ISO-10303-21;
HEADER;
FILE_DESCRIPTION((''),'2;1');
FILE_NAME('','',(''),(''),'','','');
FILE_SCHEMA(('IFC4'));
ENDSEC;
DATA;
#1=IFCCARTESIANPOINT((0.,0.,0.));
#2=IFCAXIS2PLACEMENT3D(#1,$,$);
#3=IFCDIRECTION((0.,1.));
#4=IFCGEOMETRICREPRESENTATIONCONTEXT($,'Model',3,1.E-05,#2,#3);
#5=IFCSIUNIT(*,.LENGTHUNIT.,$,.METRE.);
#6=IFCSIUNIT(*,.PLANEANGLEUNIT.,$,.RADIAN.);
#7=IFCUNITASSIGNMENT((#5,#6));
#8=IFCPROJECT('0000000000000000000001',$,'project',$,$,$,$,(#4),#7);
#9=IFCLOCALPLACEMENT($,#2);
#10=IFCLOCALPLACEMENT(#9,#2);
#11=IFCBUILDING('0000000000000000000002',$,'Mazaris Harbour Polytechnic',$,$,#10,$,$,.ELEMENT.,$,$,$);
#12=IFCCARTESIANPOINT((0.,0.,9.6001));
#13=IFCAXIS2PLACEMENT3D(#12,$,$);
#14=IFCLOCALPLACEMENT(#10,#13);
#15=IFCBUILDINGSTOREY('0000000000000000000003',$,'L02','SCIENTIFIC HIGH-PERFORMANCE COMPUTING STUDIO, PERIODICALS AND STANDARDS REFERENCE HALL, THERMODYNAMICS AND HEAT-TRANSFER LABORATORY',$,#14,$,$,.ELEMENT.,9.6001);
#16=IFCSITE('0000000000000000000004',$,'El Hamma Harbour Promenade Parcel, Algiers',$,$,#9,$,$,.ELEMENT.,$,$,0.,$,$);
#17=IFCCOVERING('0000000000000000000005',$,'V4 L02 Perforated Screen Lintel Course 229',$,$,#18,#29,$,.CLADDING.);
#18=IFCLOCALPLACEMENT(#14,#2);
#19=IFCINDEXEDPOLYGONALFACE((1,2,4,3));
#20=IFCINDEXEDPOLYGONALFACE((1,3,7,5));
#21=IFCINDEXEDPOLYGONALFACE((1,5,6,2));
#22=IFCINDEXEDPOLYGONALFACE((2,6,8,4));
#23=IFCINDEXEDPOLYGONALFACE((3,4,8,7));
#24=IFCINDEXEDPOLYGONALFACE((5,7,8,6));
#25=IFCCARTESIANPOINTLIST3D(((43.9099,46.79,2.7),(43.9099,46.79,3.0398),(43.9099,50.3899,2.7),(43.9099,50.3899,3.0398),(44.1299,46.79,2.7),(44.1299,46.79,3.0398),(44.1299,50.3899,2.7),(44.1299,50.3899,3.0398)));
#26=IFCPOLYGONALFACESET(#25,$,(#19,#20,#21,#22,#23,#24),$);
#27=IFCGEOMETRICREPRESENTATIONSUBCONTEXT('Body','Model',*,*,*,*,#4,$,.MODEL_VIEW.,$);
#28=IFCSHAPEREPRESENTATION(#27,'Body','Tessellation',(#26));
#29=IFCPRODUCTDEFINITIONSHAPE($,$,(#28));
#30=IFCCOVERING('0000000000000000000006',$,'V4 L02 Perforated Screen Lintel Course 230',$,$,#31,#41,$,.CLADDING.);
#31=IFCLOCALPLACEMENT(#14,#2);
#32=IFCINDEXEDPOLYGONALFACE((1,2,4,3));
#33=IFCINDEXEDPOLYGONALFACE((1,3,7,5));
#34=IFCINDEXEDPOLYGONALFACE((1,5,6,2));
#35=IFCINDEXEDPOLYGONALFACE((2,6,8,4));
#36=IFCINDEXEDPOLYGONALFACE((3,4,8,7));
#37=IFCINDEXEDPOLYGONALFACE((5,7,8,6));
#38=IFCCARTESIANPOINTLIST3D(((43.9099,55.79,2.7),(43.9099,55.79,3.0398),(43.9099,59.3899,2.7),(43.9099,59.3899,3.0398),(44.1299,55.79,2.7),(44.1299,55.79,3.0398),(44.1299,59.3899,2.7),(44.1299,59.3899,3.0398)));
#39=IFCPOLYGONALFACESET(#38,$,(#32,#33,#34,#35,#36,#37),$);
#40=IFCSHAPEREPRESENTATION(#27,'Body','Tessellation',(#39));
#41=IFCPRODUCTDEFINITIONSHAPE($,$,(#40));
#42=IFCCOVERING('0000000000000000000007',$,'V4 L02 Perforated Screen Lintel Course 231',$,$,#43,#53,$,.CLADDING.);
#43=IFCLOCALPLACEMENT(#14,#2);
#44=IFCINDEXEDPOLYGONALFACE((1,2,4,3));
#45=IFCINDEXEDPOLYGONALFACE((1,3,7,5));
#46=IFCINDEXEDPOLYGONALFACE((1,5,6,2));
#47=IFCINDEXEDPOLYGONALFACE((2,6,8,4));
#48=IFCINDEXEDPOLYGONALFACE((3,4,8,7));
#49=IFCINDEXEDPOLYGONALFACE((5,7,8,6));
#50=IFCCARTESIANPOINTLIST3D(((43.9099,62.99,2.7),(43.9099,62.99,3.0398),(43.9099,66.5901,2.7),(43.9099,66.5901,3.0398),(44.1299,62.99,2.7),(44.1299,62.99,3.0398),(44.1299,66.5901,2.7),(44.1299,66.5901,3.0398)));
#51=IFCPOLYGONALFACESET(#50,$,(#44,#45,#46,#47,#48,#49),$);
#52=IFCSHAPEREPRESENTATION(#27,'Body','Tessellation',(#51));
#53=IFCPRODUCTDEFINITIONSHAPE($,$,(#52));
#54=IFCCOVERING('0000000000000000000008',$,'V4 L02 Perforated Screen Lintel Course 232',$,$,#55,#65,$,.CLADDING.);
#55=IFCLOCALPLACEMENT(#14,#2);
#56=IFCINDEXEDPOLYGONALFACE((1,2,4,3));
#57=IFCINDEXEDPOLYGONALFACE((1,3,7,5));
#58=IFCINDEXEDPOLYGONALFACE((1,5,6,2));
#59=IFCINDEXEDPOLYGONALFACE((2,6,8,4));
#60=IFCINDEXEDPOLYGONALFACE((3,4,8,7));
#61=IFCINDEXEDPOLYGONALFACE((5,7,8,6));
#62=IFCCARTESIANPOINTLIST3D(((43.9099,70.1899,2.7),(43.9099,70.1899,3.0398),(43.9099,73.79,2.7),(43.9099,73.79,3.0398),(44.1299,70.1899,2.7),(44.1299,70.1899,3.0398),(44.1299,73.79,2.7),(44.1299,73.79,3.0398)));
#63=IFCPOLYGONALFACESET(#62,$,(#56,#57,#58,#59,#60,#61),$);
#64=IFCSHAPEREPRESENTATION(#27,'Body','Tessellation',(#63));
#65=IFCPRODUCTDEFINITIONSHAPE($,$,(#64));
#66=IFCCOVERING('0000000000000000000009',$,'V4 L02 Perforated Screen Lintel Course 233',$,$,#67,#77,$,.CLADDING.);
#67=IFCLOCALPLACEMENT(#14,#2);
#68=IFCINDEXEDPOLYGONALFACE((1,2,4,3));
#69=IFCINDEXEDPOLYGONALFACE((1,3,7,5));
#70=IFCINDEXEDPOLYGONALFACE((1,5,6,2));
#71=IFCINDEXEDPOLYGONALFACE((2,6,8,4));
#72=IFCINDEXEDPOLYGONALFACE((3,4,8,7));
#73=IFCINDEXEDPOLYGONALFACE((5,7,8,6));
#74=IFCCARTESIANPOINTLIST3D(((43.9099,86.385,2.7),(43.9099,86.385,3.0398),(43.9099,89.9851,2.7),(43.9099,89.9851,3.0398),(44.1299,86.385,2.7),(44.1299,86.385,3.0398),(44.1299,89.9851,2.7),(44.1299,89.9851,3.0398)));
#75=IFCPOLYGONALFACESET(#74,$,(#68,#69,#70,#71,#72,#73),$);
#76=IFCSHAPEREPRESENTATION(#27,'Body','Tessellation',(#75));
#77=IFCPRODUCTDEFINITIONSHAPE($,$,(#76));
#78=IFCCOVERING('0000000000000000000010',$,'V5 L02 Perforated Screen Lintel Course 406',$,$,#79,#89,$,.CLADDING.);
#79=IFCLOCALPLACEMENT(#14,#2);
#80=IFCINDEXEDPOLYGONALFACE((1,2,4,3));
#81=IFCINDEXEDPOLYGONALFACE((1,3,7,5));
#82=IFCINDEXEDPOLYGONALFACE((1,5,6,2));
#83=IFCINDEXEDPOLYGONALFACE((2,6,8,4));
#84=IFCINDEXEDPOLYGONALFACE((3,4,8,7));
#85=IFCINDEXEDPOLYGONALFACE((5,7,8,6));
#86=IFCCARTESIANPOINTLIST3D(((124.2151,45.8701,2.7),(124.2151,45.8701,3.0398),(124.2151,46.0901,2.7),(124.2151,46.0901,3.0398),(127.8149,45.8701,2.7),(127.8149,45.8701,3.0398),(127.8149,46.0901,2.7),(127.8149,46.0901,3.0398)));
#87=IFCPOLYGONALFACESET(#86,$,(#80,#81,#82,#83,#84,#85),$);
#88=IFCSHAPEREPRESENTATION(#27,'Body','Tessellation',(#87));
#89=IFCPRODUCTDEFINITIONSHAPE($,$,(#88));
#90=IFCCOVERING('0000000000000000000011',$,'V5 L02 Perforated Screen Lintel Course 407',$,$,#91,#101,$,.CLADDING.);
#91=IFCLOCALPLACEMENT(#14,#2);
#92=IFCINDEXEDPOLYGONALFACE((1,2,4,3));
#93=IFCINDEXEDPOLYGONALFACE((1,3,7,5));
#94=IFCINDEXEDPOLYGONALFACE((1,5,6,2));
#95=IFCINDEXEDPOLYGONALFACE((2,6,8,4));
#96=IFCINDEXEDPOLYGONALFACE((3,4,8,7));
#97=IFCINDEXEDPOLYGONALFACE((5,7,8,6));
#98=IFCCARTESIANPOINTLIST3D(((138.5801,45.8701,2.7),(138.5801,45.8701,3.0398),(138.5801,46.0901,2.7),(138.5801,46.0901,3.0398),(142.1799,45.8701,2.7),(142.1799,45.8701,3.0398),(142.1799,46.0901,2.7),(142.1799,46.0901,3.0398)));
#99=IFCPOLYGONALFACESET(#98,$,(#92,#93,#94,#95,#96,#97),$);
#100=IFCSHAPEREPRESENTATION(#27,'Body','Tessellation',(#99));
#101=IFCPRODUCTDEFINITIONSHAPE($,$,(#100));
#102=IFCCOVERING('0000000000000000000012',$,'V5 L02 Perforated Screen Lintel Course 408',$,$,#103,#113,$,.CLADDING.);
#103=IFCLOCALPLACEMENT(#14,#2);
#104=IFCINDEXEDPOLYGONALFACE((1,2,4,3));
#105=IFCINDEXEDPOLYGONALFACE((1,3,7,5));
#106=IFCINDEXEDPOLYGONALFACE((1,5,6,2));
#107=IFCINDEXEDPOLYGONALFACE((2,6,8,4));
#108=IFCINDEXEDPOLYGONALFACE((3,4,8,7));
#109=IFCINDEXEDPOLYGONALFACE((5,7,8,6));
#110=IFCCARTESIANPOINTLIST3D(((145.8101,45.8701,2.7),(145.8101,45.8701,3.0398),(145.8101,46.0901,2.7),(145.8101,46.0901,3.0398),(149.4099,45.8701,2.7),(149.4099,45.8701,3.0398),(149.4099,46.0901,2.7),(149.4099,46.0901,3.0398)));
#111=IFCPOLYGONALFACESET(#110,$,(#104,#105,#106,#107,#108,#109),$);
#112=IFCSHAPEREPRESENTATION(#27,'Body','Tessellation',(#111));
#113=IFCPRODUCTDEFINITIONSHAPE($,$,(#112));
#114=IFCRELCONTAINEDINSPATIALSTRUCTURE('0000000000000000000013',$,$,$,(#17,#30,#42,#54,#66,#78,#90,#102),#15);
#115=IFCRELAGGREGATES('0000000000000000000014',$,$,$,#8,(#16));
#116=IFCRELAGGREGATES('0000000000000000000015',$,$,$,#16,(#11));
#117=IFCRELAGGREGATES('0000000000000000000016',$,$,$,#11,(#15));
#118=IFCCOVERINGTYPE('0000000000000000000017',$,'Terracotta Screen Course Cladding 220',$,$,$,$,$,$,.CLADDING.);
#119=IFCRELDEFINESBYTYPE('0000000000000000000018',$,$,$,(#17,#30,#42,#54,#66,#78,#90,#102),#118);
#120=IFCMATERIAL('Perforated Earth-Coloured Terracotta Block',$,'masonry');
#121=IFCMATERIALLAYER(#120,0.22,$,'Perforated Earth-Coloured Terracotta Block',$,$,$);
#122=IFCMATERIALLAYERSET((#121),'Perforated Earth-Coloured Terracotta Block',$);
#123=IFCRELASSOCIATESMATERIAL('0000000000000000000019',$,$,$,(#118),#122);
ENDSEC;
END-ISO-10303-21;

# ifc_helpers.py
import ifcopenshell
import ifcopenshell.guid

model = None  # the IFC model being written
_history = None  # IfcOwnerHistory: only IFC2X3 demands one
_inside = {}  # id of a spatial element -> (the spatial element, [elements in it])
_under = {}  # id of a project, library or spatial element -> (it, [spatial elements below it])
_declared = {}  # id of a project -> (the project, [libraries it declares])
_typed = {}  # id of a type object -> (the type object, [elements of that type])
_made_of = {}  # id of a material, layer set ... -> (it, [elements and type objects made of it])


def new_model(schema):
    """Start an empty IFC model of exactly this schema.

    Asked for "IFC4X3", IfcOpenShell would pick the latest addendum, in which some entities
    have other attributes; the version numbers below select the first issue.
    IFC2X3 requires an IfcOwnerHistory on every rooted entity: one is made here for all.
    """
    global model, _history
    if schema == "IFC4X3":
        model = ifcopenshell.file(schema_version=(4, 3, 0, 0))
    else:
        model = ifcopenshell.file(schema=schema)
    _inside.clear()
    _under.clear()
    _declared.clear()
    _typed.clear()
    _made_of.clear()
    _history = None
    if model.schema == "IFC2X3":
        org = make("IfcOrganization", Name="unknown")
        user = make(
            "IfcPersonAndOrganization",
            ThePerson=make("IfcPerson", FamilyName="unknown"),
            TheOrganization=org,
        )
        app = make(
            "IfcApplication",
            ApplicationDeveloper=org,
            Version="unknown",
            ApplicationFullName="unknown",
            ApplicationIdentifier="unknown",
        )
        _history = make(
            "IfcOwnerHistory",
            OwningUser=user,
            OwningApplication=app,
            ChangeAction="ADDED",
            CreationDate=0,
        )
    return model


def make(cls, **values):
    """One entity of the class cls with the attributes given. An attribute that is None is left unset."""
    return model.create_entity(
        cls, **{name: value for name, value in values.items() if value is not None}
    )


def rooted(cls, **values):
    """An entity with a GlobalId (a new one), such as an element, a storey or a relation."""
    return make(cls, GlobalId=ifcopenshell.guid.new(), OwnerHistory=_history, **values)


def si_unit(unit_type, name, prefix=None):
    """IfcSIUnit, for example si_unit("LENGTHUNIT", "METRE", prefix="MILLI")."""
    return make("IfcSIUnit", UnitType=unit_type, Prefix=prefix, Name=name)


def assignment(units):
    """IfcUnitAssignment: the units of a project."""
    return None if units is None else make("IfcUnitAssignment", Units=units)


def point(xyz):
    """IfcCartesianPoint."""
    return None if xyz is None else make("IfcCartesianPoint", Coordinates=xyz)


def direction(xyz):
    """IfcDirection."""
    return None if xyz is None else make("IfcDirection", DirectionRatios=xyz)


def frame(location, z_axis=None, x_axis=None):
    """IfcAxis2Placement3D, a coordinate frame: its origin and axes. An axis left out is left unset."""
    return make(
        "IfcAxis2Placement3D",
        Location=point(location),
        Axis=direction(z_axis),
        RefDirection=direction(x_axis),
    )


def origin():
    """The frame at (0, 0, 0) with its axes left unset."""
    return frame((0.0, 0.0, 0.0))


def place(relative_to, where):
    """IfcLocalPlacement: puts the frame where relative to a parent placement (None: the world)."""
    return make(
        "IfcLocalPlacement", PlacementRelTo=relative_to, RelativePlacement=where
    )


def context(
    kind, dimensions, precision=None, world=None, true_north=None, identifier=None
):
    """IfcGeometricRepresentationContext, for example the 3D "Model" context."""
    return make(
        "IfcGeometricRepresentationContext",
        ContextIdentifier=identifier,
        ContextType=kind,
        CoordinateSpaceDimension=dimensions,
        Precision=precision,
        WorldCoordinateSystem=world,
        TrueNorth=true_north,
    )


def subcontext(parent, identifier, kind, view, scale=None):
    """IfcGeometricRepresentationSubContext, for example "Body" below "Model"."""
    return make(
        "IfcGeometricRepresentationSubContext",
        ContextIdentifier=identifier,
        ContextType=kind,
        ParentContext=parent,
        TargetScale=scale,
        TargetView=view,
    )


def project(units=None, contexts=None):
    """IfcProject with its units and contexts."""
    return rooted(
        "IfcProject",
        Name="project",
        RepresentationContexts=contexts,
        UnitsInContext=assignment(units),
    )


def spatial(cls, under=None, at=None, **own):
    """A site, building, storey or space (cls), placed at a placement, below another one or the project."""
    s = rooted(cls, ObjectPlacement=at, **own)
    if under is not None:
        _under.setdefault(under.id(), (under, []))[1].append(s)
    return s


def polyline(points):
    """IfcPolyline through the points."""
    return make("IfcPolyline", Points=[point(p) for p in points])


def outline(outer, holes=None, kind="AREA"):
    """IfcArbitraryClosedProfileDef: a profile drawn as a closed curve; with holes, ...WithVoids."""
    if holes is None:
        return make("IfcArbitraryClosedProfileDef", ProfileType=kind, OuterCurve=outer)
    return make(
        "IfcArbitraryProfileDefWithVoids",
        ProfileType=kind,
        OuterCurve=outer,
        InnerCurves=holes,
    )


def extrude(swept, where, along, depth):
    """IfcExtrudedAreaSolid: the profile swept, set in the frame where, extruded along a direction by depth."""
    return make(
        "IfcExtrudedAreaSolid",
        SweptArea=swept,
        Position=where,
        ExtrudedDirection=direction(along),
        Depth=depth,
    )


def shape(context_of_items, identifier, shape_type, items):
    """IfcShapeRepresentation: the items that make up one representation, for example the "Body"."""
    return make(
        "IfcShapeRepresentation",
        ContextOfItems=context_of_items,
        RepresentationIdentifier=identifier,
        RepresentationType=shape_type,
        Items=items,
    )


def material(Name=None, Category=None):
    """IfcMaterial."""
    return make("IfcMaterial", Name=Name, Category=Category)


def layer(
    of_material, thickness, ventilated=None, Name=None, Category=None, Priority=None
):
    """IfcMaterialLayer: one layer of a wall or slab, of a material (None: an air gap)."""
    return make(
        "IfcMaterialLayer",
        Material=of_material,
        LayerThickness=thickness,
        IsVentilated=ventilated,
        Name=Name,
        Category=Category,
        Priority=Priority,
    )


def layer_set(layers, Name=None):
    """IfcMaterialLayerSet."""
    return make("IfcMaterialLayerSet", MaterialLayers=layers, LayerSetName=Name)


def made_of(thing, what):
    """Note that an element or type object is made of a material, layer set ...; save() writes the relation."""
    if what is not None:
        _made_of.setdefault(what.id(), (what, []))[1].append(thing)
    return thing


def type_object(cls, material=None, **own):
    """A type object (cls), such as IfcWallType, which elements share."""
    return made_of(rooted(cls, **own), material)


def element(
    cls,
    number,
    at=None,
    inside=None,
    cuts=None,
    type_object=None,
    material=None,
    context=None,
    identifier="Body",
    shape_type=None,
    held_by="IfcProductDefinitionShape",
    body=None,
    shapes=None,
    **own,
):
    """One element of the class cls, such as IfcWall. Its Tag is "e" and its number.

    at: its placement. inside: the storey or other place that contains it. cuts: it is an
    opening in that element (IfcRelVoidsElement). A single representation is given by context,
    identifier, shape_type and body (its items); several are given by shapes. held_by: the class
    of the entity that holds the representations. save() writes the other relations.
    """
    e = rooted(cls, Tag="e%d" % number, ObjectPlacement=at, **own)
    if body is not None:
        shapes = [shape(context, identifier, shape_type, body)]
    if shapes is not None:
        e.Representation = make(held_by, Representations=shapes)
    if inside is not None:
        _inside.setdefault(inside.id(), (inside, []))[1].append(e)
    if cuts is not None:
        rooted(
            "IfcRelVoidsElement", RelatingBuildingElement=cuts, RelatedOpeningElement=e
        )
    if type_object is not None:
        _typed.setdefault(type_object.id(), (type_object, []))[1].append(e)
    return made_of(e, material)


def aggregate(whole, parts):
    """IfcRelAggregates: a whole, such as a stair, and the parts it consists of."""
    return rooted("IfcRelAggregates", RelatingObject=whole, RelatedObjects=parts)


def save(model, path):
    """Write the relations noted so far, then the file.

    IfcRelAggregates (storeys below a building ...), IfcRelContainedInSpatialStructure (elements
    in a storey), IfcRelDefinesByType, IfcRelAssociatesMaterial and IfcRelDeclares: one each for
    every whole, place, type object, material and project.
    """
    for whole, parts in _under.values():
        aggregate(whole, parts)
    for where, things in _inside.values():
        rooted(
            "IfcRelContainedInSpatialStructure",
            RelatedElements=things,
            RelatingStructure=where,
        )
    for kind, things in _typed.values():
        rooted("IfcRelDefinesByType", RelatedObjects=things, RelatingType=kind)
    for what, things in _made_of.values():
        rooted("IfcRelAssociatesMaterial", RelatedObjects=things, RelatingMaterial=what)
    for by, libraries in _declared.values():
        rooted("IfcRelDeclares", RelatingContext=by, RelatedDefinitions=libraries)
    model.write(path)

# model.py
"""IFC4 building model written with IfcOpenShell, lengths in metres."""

from ifc_helpers import new_model, si_unit, direction, frame, origin, place, context, subcontext, project, spatial, polyline, outline, extrude, material, layer, layer_set, type_object, element, save


model = new_model("IFC4")

# Units and contexts
model_context = context("Model", 3, precision=1e-05, world=origin(), true_north=direction((0.0, 1.0)))
body_context = subcontext(model_context, "Body", "Model", "MODEL_VIEW")
ifc_project = project(units=[si_unit("LENGTHUNIT", "METRE"), si_unit("PLANEANGLEUNIT", "RADIAN")], contexts=[model_context])

# Site, building, storey
site_placement = place(None, origin())
site = spatial("IfcSite", under=ifc_project, at=site_placement, Name="El Hamma Harbour Promenade Parcel, Algiers", CompositionType="ELEMENT", RefElevation=0.0)
building_placement = place(site_placement, origin())
building = spatial("IfcBuilding", under=site, at=building_placement, Name="Mazaris Harbour Polytechnic", CompositionType="ELEMENT")
storey_placement = place(building_placement, frame((0.0, 0.0, 9.6001)))
storey = spatial("IfcBuildingStorey", under=building, at=storey_placement, Name="L02", Description="SCIENTIFIC HIGH-PERFORMANCE COMPUTING STUDIO, PERIODICALS AND STANDARDS REFERENCE HALL, THERMODYNAMICS AND HEAT-TRANSFER LABORATORY", CompositionType="ELEMENT", Elevation=9.6001)

# Coverings
ifc_material = material(Name="Perforated Earth-Coloured Terracotta Block", Category="masonry")
ifc_layer = layer(ifc_material, 0.22, Name="Perforated Earth-Coloured Terracotta Block")
ifc_layer_set = layer_set([ifc_layer], Name="Perforated Earth-Coloured Terracotta Block")
covering_type = type_object("IfcCoveringType", Name="Terracotta Screen Course Cladding 220", PredefinedType="CLADDING", material=ifc_layer_set)
covering_1_placement = place(storey_placement, frame((0.0, 0.0, 2.7)))
element("IfcCovering", 1, at=covering_1_placement, inside=storey, type_object=covering_type, Name="V4 L02 Perforated Screen Lintel Course 229", PredefinedType="CLADDING", context=body_context, shape_type="SweptSolid", body=[
    extrude(outline(polyline([(43.9099, 50.3899), (43.9099, 46.79), (44.1299, 46.79), (44.1299, 50.3899), (43.9099, 50.3899)])), origin(), (0.0, 0.0, 1.0), 0.3398),
])
covering_2_placement = place(storey_placement, frame((0.0, 0.0, 2.7)))
element("IfcCovering", 2, at=covering_2_placement, inside=storey, type_object=covering_type, Name="V4 L02 Perforated Screen Lintel Course 230", PredefinedType="CLADDING", context=body_context, shape_type="SweptSolid", body=[
    extrude(outline(polyline([(43.9099, 59.3899), (43.9099, 55.79), (44.1299, 55.79), (44.1299, 59.3899), (43.9099, 59.3899)])), origin(), (0.0, 0.0, 1.0), 0.3398),
])
covering_3_placement = place(storey_placement, frame((0.0, 0.0, 2.7)))
element("IfcCovering", 3, at=covering_3_placement, inside=storey, type_object=covering_type, Name="V4 L02 Perforated Screen Lintel Course 231", PredefinedType="CLADDING", context=body_context, shape_type="SweptSolid", body=[
    extrude(outline(polyline([(43.9099, 66.5901), (43.9099, 62.99), (44.1299, 62.99), (44.1299, 66.5901), (43.9099, 66.5901)])), origin(), (0.0, 0.0, 1.0), 0.3398),
])
covering_4_placement = place(storey_placement, frame((0.0, 0.0, 2.7)))
element("IfcCovering", 4, at=covering_4_placement, inside=storey, type_object=covering_type, Name="V4 L02 Perforated Screen Lintel Course 232", PredefinedType="CLADDING", context=body_context, shape_type="SweptSolid", body=[
    extrude(outline(polyline([(43.9099, 73.79), (43.9099, 70.1899), (44.1299, 70.1899), (44.1299, 73.79), (43.9099, 73.79)])), origin(), (0.0, 0.0, 1.0), 0.3398),
])
covering_5_placement = place(storey_placement, frame((0.0, 0.0, 2.7)))
element("IfcCovering", 5, at=covering_5_placement, inside=storey, type_object=covering_type, Name="V4 L02 Perforated Screen Lintel Course 233", PredefinedType="CLADDING", context=body_context, shape_type="SweptSolid", body=[
    extrude(outline(polyline([(43.9099, 89.9851), (43.9099, 86.385), (44.1299, 86.385), (44.1299, 89.9851), (43.9099, 89.9851)])), origin(), (0.0, 0.0, 1.0), 0.3398),
])
covering_6_placement = place(storey_placement, frame((0.0, 0.0, 2.7)))
element("IfcCovering", 6, at=covering_6_placement, inside=storey, type_object=covering_type, Name="V5 L02 Perforated Screen Lintel Course 406", PredefinedType="CLADDING", context=body_context, shape_type="SweptSolid", body=[
    extrude(outline(polyline([(127.8149, 46.0901), (124.2151, 46.0901), (124.2151, 45.8701), (127.8149, 45.8701), (127.8149, 46.0901)])), origin(), (0.0, 0.0, 1.0), 0.3398),
])
covering_7_placement = place(storey_placement, frame((0.0, 0.0, 2.7)))
element("IfcCovering", 7, at=covering_7_placement, inside=storey, type_object=covering_type, Name="V5 L02 Perforated Screen Lintel Course 407", PredefinedType="CLADDING", context=body_context, shape_type="SweptSolid", body=[
    extrude(outline(polyline([(142.1799, 46.0901), (138.5801, 46.0901), (138.5801, 45.8701), (142.1799, 45.8701), (142.1799, 46.0901)])), origin(), (0.0, 0.0, 1.0), 0.3398),
])
covering_8_placement = place(storey_placement, frame((0.0, 0.0, 2.7)))
element("IfcCovering", 8, at=covering_8_placement, inside=storey, type_object=covering_type, Name="V5 L02 Perforated Screen Lintel Course 408", PredefinedType="CLADDING", context=body_context, shape_type="SweptSolid", body=[
    extrude(outline(polyline([(149.4099, 46.0901), (145.8101, 46.0901), (145.8101, 45.8701), (149.4099, 45.8701), (149.4099, 46.0901)])), origin(), (0.0, 0.0, 1.0), 0.3398),
])

save(model, "model.ifc")
